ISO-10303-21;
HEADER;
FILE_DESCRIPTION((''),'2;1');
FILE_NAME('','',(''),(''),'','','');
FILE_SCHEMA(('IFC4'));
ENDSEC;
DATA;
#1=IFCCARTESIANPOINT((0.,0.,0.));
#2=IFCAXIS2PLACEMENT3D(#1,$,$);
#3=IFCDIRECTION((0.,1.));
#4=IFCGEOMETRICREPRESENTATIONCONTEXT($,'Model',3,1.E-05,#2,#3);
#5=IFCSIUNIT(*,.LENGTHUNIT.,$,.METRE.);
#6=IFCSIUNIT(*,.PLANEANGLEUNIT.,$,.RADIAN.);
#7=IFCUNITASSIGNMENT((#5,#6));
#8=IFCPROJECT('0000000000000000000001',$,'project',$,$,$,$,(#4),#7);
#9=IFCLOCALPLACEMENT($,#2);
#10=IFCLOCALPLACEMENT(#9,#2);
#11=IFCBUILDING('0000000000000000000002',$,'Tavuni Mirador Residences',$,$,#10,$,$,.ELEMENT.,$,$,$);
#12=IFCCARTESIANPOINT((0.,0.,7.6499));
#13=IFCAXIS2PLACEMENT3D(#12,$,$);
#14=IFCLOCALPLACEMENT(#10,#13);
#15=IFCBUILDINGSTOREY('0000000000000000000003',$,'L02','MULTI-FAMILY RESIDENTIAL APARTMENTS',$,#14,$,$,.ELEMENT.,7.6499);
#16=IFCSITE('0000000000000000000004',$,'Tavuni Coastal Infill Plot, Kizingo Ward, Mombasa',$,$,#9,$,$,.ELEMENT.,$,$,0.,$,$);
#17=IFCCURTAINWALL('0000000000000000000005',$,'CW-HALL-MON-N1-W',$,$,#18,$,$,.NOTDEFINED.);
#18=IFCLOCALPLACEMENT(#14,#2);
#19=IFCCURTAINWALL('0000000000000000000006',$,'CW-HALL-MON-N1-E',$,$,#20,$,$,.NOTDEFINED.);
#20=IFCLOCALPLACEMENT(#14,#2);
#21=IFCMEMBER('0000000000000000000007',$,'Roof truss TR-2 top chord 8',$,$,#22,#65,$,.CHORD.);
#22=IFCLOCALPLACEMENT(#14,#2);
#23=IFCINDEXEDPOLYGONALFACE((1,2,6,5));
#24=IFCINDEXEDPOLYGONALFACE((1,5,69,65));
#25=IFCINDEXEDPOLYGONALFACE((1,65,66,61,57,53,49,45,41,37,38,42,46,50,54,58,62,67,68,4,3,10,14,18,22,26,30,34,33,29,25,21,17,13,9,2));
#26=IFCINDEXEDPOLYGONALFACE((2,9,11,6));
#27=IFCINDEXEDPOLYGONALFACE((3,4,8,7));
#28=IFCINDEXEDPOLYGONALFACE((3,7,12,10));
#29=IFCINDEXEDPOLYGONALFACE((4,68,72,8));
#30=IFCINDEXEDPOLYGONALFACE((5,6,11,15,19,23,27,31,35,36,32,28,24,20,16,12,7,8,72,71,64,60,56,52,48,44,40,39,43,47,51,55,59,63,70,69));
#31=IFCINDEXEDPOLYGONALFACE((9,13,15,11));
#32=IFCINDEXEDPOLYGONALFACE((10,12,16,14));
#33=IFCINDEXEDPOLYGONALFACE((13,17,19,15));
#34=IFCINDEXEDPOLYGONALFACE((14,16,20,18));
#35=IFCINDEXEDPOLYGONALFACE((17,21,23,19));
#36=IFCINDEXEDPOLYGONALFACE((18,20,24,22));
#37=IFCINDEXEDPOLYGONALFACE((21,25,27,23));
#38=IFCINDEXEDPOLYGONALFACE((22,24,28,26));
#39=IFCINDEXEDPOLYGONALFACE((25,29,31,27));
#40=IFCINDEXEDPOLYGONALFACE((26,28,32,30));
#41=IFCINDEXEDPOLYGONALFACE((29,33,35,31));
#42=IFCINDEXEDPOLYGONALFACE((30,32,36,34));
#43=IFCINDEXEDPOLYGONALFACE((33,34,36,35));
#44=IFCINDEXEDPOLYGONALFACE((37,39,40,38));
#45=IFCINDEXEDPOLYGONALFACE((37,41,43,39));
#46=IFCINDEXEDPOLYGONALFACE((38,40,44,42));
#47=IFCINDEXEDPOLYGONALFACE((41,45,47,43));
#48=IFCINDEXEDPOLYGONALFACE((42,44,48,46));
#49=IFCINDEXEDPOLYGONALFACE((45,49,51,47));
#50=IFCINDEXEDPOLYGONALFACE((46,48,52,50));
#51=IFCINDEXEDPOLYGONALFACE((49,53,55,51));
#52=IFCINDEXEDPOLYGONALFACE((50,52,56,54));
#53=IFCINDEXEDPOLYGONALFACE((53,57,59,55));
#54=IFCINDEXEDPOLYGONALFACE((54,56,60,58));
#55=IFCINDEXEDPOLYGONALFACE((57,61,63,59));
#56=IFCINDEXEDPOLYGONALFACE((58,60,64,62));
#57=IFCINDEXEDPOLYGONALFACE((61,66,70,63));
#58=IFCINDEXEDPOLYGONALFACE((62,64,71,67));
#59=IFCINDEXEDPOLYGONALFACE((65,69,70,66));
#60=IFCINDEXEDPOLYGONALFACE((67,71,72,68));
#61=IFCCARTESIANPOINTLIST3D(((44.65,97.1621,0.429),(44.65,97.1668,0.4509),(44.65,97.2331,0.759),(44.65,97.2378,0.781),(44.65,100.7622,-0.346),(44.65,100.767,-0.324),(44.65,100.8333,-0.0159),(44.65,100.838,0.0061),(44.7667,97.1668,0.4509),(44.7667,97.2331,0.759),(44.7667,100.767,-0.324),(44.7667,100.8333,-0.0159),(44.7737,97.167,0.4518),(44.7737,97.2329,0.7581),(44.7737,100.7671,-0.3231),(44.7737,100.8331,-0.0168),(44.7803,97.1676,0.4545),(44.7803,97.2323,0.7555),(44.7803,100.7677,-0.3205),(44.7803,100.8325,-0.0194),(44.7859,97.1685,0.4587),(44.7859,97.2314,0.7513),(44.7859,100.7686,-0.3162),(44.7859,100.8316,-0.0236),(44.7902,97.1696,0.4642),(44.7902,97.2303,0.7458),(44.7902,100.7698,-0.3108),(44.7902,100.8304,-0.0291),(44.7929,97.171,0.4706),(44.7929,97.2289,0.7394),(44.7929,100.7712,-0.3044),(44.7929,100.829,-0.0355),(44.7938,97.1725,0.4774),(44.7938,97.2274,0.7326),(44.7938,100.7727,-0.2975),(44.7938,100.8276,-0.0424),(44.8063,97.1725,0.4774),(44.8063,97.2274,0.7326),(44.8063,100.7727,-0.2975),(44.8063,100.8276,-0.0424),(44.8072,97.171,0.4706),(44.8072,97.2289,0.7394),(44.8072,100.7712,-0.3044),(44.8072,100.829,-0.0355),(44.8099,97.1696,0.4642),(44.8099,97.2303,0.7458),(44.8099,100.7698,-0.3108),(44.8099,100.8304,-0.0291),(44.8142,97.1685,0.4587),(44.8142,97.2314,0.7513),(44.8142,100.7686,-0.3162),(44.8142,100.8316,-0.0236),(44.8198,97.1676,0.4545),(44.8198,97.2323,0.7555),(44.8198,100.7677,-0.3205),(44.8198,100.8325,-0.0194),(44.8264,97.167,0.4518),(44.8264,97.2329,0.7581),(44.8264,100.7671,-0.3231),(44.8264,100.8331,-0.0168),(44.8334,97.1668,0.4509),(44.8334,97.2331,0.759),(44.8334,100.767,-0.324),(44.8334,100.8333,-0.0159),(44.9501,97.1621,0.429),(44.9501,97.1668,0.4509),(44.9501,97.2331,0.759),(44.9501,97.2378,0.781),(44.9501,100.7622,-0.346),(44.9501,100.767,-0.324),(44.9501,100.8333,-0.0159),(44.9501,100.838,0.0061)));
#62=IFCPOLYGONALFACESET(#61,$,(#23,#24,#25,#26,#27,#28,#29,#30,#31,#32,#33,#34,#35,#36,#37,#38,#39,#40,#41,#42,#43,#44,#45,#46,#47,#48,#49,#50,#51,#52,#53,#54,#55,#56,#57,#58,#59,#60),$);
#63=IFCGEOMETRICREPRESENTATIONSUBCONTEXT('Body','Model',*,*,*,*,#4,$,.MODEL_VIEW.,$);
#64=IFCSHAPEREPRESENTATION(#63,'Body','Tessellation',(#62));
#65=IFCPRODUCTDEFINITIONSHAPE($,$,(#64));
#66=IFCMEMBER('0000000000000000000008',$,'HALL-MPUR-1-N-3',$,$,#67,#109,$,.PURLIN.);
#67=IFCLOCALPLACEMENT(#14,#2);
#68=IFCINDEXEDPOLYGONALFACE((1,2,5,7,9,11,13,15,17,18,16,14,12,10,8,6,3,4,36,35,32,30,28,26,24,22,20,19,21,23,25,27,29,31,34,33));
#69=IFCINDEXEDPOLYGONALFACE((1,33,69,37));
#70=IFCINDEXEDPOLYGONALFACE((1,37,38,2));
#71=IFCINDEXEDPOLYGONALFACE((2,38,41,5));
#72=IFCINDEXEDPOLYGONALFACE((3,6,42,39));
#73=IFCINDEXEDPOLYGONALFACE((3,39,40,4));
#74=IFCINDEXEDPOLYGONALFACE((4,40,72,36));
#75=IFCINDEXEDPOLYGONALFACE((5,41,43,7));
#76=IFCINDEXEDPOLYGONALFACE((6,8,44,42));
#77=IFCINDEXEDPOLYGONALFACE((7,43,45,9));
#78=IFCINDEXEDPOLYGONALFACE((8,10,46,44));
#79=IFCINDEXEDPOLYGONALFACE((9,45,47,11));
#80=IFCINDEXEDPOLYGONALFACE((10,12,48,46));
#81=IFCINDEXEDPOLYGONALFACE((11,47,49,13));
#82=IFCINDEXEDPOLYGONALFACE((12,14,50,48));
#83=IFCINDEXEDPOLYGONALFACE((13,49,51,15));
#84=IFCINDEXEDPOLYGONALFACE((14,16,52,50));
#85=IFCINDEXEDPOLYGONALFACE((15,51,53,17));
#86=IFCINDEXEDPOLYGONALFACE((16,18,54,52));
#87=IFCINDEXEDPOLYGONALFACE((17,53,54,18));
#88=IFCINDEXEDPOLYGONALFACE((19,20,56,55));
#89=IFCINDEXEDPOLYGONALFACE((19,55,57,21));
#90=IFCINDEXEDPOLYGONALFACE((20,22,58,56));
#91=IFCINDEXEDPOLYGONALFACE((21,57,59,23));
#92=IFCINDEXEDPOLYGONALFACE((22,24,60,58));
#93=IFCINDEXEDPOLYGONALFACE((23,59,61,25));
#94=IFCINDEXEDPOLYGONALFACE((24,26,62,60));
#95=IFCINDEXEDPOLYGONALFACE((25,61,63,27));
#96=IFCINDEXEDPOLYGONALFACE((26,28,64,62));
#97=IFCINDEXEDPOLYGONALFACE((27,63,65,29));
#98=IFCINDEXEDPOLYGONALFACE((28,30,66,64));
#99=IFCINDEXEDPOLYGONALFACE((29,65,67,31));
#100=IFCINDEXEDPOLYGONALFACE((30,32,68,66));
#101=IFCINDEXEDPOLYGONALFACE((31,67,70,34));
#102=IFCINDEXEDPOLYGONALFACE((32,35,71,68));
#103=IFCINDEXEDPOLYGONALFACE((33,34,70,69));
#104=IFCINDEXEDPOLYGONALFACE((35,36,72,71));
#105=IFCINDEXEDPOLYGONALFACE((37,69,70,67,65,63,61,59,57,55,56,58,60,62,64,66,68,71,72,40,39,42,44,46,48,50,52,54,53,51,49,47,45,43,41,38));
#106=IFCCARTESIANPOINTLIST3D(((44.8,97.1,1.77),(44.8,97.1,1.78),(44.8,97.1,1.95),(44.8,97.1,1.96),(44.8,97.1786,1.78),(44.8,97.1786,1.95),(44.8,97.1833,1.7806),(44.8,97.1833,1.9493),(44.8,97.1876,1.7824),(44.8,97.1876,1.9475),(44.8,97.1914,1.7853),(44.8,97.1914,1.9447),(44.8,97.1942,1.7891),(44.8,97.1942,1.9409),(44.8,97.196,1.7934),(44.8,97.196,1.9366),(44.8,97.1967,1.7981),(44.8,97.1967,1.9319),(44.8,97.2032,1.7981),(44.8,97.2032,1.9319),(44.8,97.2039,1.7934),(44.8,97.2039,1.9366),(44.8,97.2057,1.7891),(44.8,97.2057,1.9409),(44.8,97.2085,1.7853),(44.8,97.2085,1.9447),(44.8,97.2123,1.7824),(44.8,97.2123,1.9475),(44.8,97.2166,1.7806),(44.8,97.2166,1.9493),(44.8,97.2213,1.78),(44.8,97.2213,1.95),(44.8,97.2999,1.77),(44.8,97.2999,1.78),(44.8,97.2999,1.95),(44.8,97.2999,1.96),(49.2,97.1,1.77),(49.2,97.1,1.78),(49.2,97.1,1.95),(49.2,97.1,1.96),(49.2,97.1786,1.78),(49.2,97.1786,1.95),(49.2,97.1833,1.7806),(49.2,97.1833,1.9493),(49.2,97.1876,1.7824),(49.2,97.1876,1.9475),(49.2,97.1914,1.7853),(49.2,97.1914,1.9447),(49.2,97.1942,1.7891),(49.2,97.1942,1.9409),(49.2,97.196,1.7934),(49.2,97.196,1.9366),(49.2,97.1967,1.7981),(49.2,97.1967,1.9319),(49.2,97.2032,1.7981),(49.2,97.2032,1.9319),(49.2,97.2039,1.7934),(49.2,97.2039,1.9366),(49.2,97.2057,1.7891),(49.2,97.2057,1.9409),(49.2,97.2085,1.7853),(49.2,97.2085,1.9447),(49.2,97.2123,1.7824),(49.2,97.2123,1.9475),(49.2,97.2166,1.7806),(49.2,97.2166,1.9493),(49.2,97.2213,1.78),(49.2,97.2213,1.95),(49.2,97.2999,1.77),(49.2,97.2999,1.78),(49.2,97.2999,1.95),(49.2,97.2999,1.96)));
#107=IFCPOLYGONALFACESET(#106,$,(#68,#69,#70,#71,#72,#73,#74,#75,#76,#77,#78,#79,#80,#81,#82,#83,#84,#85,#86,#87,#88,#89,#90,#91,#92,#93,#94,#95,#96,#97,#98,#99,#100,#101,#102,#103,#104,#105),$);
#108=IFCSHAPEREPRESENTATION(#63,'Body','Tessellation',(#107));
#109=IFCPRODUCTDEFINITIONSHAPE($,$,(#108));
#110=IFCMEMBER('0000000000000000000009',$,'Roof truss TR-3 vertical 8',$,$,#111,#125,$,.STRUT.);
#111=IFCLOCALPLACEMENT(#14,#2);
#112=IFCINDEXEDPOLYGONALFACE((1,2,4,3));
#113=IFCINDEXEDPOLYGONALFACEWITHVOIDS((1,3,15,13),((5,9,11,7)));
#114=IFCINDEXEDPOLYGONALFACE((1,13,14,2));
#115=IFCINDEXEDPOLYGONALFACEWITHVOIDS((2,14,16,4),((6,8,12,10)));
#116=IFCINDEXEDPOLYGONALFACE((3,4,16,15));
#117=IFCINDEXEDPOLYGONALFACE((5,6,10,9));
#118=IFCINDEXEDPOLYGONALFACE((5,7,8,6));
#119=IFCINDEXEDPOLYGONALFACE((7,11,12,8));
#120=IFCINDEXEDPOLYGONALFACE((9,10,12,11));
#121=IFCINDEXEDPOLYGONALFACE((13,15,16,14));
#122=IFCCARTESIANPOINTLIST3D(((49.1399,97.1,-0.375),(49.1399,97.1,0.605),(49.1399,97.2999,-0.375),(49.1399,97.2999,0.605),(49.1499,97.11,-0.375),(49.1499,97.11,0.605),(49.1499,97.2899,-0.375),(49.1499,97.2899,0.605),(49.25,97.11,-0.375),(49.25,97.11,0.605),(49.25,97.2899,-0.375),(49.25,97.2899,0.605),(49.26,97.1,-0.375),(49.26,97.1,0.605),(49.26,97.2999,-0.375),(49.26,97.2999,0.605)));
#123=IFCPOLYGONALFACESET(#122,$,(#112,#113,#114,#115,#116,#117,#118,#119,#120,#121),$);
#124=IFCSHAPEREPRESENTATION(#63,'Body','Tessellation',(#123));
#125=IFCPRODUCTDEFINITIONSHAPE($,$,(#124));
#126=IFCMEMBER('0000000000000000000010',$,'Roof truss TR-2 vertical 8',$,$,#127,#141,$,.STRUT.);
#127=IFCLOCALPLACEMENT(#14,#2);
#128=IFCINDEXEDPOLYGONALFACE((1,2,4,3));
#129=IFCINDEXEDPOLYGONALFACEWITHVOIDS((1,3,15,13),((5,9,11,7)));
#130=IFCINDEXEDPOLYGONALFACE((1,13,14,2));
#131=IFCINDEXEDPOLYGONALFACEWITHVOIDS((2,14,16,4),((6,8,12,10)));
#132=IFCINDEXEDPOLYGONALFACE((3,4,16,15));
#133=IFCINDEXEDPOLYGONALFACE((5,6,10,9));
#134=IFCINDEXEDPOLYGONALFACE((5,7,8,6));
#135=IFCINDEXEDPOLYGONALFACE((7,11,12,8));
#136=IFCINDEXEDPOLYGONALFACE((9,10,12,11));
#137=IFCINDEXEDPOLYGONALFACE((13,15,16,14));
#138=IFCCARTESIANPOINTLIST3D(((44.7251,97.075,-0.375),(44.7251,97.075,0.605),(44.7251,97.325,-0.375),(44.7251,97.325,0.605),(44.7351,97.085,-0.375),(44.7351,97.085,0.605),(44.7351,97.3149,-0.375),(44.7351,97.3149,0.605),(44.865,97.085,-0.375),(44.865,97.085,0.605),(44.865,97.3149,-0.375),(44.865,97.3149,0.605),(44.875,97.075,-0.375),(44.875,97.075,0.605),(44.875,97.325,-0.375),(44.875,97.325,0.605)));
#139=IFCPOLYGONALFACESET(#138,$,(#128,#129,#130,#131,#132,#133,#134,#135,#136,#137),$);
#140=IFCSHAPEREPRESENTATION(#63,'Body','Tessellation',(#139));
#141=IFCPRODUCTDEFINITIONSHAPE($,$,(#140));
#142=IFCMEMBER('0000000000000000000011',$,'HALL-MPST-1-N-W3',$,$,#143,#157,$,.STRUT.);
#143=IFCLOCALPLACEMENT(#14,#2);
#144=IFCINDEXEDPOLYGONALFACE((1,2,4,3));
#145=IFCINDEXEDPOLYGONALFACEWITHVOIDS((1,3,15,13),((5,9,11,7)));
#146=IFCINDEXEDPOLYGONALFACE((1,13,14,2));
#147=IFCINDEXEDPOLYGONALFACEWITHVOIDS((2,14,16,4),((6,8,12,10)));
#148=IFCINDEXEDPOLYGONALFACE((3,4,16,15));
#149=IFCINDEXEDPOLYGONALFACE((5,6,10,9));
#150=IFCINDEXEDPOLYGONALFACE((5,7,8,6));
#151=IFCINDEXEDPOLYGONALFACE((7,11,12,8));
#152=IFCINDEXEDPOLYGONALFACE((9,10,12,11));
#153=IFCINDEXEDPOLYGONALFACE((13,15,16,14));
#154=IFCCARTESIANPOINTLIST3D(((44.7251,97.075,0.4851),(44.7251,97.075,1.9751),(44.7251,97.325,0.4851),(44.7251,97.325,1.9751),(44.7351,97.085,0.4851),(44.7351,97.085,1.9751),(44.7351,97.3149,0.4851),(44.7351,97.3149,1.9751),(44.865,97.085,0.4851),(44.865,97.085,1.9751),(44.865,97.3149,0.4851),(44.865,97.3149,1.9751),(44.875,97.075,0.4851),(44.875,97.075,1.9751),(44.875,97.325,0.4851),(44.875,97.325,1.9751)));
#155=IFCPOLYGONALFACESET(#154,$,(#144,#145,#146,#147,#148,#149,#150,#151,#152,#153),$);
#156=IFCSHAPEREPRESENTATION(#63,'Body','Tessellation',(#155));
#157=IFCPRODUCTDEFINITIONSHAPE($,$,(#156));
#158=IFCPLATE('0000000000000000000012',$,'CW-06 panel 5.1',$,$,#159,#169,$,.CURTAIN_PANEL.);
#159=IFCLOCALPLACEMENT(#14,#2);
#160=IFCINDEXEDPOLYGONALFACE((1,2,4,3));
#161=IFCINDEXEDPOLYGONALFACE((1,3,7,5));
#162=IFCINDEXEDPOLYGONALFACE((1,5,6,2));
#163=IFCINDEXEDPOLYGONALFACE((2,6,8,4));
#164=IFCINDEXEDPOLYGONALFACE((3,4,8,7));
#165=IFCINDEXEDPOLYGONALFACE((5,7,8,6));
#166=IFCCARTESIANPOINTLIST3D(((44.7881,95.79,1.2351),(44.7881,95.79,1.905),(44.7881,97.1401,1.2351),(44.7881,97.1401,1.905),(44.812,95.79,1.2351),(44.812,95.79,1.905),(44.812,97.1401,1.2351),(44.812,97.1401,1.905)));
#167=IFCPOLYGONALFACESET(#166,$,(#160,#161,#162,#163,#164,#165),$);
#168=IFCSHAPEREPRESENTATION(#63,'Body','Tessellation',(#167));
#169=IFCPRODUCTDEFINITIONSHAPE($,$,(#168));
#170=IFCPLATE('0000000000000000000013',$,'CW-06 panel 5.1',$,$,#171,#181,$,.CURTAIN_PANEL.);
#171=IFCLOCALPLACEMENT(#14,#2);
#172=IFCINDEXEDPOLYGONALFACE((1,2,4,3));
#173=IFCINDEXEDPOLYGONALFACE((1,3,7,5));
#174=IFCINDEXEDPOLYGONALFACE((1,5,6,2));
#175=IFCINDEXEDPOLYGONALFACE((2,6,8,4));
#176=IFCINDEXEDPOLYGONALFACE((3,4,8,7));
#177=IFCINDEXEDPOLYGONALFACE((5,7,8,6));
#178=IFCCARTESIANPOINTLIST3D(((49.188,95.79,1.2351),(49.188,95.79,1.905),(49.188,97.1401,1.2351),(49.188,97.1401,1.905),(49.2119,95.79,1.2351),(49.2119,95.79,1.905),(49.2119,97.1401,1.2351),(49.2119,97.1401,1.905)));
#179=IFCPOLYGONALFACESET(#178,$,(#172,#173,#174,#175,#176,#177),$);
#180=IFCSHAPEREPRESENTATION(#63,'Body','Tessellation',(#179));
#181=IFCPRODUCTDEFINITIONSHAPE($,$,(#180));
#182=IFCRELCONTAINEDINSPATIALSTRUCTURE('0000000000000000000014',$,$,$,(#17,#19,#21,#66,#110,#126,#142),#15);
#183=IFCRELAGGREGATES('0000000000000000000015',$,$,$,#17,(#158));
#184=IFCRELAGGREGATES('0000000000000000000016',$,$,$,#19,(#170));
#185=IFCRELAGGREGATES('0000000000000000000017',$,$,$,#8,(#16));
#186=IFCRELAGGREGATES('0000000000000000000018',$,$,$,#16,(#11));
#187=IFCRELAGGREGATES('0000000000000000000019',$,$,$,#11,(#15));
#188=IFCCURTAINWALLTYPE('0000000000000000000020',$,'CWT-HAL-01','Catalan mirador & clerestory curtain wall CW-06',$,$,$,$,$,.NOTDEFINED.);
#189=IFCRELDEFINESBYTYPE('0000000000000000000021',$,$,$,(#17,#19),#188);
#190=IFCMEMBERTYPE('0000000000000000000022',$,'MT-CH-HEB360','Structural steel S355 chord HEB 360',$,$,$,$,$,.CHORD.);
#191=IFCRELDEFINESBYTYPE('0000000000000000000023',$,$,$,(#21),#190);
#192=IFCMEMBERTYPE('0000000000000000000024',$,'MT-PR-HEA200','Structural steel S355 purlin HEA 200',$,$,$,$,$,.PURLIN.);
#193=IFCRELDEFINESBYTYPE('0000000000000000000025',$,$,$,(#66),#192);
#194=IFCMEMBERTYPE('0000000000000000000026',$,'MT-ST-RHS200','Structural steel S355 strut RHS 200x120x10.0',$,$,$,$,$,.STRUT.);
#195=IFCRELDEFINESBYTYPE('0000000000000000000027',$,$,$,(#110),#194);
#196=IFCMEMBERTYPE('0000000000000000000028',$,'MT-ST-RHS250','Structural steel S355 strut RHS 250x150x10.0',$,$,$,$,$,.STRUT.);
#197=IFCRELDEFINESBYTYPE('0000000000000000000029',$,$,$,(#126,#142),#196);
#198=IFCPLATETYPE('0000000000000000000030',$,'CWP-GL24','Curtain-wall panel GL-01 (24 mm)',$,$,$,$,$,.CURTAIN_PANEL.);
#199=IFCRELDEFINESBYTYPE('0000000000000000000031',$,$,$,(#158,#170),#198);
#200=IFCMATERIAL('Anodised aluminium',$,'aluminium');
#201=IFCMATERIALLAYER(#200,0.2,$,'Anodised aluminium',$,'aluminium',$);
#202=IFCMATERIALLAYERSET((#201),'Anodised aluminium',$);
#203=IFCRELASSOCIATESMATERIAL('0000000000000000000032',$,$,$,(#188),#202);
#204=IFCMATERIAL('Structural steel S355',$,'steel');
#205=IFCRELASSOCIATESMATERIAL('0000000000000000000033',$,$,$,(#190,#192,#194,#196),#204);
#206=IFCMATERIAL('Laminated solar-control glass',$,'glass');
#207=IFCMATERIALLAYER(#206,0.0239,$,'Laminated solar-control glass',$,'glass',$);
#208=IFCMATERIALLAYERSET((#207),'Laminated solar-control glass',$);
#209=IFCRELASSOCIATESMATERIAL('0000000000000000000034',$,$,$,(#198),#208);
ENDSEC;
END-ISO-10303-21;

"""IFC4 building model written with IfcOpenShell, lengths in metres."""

from ifc_helpers import new_model, si_unit, direction, frame, origin, origin_2d, place, context, subcontext, project, spatial, rectangle, hollow_rectangle, i_section, extrude, material, layer, layer_set, material_profile, profile_set, type_object, element, aggregate, save


model = new_model("IFC4")

# Units and contexts
model_context = context("Model", 3, precision=1e-05, world=origin(), true_north=direction((0.0, 1.0)))
body_context = subcontext(model_context, "Body", "Model", "MODEL_VIEW")
ifc_project = project(units=[si_unit("LENGTHUNIT", "METRE"), si_unit("PLANEANGLEUNIT", "RADIAN")], contexts=[model_context])

# Site, building, storey
site_placement = place(None, origin())
site = spatial("IfcSite", under=ifc_project, at=site_placement, Name="Tavuni Coastal Infill Plot, Kizingo Ward, Mombasa", CompositionType="ELEMENT", RefElevation=0.0)
building_placement = place(site_placement, origin())
building = spatial("IfcBuilding", under=site, at=building_placement, Name="Tavuni Mirador Residences", CompositionType="ELEMENT")
storey_placement = place(building_placement, frame((0.0, 0.0, 7.6499)))
storey = spatial("IfcBuildingStorey", under=building, at=storey_placement, Name="L02", Description="MULTI-FAMILY RESIDENTIAL APARTMENTS", CompositionType="ELEMENT", Elevation=7.6499)

# Curtain wall
ifc_material_1 = material(Name="Anodised aluminium", Category="aluminium")
ifc_layer_1 = layer(ifc_material_1, 0.2, Name="Anodised aluminium", Category="aluminium")
ifc_layer_set_1 = layer_set([ifc_layer_1], Name="Anodised aluminium")
curtain_wall_type = type_object("IfcCurtainWallType", Name="CWT-HAL-01", Description="Catalan mirador & clerestory curtain wall CW-06", PredefinedType="NOTDEFINED", material=ifc_layer_set_1)
curtain_wall_1_placement = place(storey_placement, origin())
curtain_wall_1 = element("IfcCurtainWall", 1, at=curtain_wall_1_placement, inside=storey, type_object=curtain_wall_type, Name="CW-HALL-MON-N1-W", PredefinedType="NOTDEFINED")

# Curtain wall
curtain_wall_2_placement = place(storey_placement, origin())
curtain_wall_2 = element("IfcCurtainWall", 2, at=curtain_wall_2_placement, inside=storey, type_object=curtain_wall_type, Name="CW-HALL-MON-N1-E", PredefinedType="NOTDEFINED")

# Members
ifc_material_2 = material(Name="Structural steel S355", Category="steel")
ifc_material_profile_1 = material_profile(ifc_material_2, i_section(OverallWidth=0.3, OverallDepth=0.3601, WebThickness=0.0125, FlangeThickness=0.0225, FilletRadius=0.0271, at=origin_2d()), Name="HEB 360", Category="steel")
ifc_profile_set_1 = profile_set([ifc_material_profile_1], Name="Structural steel S355")
member_type_1 = type_object("IfcMemberType", Name="MT-CH-HEB360", Description="Structural steel S355 chord HEB 360", PredefinedType="CHORD", material=ifc_profile_set_1)
member_1_placement = place(storey_placement, frame((44.8, 97.2, 0.605), z_axis=(0.0, 0.97761, -0.210425), x_axis=(-1.0, 0.0, 0.0)))
element("IfcMember", 3, at=member_1_placement, inside=storey, type_object=member_type_1, Name="Roof truss TR-2 top chord 8", PredefinedType="CHORD", context=body_context, shape_type="SweptSolid", body=[
    extrude(i_section(OverallWidth=0.3, OverallDepth=0.3601, WebThickness=0.0125, FlangeThickness=0.0225, FilletRadius=0.0271, at=origin_2d()), origin(), (0.0, 0.0, 1.0), 3.6826),
])
ifc_material_profile_2 = material_profile(ifc_material_2, i_section(OverallWidth=0.2, OverallDepth=0.1899, WebThickness=0.0066, FlangeThickness=0.01, FilletRadius=0.0181, at=origin_2d()), Name="HEA 200", Category="steel")
ifc_profile_set_2 = profile_set([ifc_material_profile_2], Name="Structural steel S355")
member_type_2 = type_object("IfcMemberType", Name="MT-PR-HEA200", Description="Structural steel S355 purlin HEA 200", PredefinedType="PURLIN", material=ifc_profile_set_2)
member_2_placement = place(storey_placement, frame((44.8, 97.2, 1.865), z_axis=(1.0, 0.0, 0.0), x_axis=(0.0, 1.0, 0.0)))
element("IfcMember", 4, at=member_2_placement, inside=storey, type_object=member_type_2, Name="HALL-MPUR-1-N-3", PredefinedType="PURLIN", context=body_context, shape_type="SweptSolid", body=[
    extrude(i_section(OverallWidth=0.2, OverallDepth=0.1899, WebThickness=0.0066, FlangeThickness=0.01, FilletRadius=0.0181, at=origin_2d()), origin(), (0.0, 0.0, 1.0), 4.3999),
])
ifc_material_profile_3 = material_profile(ifc_material_2, hollow_rectangle(XDim=0.1201, YDim=0.2, WallThickness=0.01, at=origin_2d()), Name="RHS 200x120x10.0", Category="steel")
ifc_profile_set_3 = profile_set([ifc_material_profile_3], Name="Structural steel S355")
member_type_3 = type_object("IfcMemberType", Name="MT-ST-RHS200", Description="Structural steel S355 strut RHS 200x120x10.0", PredefinedType="STRUT", material=ifc_profile_set_3)
member_3_placement = place(storey_placement, frame((49.2, 97.2, -0.375), z_axis=(0.0, 0.0, 1.0), x_axis=(1.0, 0.0, 0.0)))
element("IfcMember", 5, at=member_3_placement, inside=storey, type_object=member_type_3, Name="Roof truss TR-3 vertical 8", PredefinedType="STRUT", context=body_context, shape_type="SweptSolid", body=[
    extrude(hollow_rectangle(XDim=0.1201, YDim=0.2, WallThickness=0.01, at=origin_2d()), origin(), (0.0, 0.0, 1.0), 0.98),
])
ifc_material_profile_4 = material_profile(ifc_material_2, hollow_rectangle(XDim=0.1499, YDim=0.25, WallThickness=0.01, at=origin_2d()), Name="RHS 250x150x10.0", Category="steel")
ifc_profile_set_4 = profile_set([ifc_material_profile_4], Name="Structural steel S355")
member_type_4 = type_object("IfcMemberType", Name="MT-ST-RHS250", Description="Structural steel S355 strut RHS 250x150x10.0", PredefinedType="STRUT", material=ifc_profile_set_4)
member_4_placement = place(storey_placement, frame((44.8, 97.2, -0.375), z_axis=(0.0, 0.0, 1.0), x_axis=(1.0, 0.0, 0.0)))
element("IfcMember", 6, at=member_4_placement, inside=storey, type_object=member_type_4, Name="Roof truss TR-2 vertical 8", PredefinedType="STRUT", context=body_context, shape_type="SweptSolid", body=[
    extrude(hollow_rectangle(XDim=0.1499, YDim=0.25, WallThickness=0.01, at=origin_2d()), origin(), (0.0, 0.0, 1.0), 0.98),
])
member_5_placement = place(storey_placement, frame((44.8, 97.2, 0.4851), z_axis=(0.0, 0.0, 1.0), x_axis=(1.0, 0.0, 0.0)))
element("IfcMember", 7, at=member_5_placement, inside=storey, type_object=member_type_4, Name="HALL-MPST-1-N-W3", PredefinedType="STRUT", context=body_context, shape_type="SweptSolid", body=[
    extrude(hollow_rectangle(XDim=0.1499, YDim=0.25, WallThickness=0.01, at=origin_2d()), origin(), (0.0, 0.0, 1.0), 1.49),
])

# Plates
ifc_material_3 = material(Name="Laminated solar-control glass", Category="glass")
ifc_layer_2 = layer(ifc_material_3, 0.0239, Name="Laminated solar-control glass", Category="glass")
ifc_layer_set_2 = layer_set([ifc_layer_2], Name="Laminated solar-control glass")
plate_type_1 = type_object("IfcPlateType", Name="CWP-GL24", Description="Curtain-wall panel GL-01 (24 mm)", PredefinedType="CURTAIN_PANEL", material=ifc_layer_set_2)
plate_1_placement = place(storey_placement, frame((44.8, 96.4651, 1.2351), z_axis=(0.0, 0.0, 1.0), x_axis=(0.0, 1.0, 0.0)))
plate_1 = element("IfcPlate", 8, at=plate_1_placement, type_object=plate_type_1, Name="CW-06 panel 5.1", PredefinedType="CURTAIN_PANEL", context=body_context, shape_type="SweptSolid", body=[
    extrude(rectangle(XDim=1.3501, YDim=0.0239, at=origin_2d()), origin(), (0.0, 0.0, 1.0), 0.6699),
])
aggregate(curtain_wall_1, [plate_1])
plate_2_placement = place(storey_placement, frame((49.2, 96.4651, 1.2351), z_axis=(0.0, 0.0, 1.0), x_axis=(0.0, 1.0, 0.0)))
plate_2 = element("IfcPlate", 9, at=plate_2_placement, type_object=plate_type_1, Name="CW-06 panel 5.1", PredefinedType="CURTAIN_PANEL", context=body_context, shape_type="SweptSolid", body=[
    extrude(rectangle(XDim=1.3501, YDim=0.0239, at=origin_2d()), origin(), (0.0, 0.0, 1.0), 0.6699),
])
aggregate(curtain_wall_2, [plate_2])

save(model, "model.ifc")
